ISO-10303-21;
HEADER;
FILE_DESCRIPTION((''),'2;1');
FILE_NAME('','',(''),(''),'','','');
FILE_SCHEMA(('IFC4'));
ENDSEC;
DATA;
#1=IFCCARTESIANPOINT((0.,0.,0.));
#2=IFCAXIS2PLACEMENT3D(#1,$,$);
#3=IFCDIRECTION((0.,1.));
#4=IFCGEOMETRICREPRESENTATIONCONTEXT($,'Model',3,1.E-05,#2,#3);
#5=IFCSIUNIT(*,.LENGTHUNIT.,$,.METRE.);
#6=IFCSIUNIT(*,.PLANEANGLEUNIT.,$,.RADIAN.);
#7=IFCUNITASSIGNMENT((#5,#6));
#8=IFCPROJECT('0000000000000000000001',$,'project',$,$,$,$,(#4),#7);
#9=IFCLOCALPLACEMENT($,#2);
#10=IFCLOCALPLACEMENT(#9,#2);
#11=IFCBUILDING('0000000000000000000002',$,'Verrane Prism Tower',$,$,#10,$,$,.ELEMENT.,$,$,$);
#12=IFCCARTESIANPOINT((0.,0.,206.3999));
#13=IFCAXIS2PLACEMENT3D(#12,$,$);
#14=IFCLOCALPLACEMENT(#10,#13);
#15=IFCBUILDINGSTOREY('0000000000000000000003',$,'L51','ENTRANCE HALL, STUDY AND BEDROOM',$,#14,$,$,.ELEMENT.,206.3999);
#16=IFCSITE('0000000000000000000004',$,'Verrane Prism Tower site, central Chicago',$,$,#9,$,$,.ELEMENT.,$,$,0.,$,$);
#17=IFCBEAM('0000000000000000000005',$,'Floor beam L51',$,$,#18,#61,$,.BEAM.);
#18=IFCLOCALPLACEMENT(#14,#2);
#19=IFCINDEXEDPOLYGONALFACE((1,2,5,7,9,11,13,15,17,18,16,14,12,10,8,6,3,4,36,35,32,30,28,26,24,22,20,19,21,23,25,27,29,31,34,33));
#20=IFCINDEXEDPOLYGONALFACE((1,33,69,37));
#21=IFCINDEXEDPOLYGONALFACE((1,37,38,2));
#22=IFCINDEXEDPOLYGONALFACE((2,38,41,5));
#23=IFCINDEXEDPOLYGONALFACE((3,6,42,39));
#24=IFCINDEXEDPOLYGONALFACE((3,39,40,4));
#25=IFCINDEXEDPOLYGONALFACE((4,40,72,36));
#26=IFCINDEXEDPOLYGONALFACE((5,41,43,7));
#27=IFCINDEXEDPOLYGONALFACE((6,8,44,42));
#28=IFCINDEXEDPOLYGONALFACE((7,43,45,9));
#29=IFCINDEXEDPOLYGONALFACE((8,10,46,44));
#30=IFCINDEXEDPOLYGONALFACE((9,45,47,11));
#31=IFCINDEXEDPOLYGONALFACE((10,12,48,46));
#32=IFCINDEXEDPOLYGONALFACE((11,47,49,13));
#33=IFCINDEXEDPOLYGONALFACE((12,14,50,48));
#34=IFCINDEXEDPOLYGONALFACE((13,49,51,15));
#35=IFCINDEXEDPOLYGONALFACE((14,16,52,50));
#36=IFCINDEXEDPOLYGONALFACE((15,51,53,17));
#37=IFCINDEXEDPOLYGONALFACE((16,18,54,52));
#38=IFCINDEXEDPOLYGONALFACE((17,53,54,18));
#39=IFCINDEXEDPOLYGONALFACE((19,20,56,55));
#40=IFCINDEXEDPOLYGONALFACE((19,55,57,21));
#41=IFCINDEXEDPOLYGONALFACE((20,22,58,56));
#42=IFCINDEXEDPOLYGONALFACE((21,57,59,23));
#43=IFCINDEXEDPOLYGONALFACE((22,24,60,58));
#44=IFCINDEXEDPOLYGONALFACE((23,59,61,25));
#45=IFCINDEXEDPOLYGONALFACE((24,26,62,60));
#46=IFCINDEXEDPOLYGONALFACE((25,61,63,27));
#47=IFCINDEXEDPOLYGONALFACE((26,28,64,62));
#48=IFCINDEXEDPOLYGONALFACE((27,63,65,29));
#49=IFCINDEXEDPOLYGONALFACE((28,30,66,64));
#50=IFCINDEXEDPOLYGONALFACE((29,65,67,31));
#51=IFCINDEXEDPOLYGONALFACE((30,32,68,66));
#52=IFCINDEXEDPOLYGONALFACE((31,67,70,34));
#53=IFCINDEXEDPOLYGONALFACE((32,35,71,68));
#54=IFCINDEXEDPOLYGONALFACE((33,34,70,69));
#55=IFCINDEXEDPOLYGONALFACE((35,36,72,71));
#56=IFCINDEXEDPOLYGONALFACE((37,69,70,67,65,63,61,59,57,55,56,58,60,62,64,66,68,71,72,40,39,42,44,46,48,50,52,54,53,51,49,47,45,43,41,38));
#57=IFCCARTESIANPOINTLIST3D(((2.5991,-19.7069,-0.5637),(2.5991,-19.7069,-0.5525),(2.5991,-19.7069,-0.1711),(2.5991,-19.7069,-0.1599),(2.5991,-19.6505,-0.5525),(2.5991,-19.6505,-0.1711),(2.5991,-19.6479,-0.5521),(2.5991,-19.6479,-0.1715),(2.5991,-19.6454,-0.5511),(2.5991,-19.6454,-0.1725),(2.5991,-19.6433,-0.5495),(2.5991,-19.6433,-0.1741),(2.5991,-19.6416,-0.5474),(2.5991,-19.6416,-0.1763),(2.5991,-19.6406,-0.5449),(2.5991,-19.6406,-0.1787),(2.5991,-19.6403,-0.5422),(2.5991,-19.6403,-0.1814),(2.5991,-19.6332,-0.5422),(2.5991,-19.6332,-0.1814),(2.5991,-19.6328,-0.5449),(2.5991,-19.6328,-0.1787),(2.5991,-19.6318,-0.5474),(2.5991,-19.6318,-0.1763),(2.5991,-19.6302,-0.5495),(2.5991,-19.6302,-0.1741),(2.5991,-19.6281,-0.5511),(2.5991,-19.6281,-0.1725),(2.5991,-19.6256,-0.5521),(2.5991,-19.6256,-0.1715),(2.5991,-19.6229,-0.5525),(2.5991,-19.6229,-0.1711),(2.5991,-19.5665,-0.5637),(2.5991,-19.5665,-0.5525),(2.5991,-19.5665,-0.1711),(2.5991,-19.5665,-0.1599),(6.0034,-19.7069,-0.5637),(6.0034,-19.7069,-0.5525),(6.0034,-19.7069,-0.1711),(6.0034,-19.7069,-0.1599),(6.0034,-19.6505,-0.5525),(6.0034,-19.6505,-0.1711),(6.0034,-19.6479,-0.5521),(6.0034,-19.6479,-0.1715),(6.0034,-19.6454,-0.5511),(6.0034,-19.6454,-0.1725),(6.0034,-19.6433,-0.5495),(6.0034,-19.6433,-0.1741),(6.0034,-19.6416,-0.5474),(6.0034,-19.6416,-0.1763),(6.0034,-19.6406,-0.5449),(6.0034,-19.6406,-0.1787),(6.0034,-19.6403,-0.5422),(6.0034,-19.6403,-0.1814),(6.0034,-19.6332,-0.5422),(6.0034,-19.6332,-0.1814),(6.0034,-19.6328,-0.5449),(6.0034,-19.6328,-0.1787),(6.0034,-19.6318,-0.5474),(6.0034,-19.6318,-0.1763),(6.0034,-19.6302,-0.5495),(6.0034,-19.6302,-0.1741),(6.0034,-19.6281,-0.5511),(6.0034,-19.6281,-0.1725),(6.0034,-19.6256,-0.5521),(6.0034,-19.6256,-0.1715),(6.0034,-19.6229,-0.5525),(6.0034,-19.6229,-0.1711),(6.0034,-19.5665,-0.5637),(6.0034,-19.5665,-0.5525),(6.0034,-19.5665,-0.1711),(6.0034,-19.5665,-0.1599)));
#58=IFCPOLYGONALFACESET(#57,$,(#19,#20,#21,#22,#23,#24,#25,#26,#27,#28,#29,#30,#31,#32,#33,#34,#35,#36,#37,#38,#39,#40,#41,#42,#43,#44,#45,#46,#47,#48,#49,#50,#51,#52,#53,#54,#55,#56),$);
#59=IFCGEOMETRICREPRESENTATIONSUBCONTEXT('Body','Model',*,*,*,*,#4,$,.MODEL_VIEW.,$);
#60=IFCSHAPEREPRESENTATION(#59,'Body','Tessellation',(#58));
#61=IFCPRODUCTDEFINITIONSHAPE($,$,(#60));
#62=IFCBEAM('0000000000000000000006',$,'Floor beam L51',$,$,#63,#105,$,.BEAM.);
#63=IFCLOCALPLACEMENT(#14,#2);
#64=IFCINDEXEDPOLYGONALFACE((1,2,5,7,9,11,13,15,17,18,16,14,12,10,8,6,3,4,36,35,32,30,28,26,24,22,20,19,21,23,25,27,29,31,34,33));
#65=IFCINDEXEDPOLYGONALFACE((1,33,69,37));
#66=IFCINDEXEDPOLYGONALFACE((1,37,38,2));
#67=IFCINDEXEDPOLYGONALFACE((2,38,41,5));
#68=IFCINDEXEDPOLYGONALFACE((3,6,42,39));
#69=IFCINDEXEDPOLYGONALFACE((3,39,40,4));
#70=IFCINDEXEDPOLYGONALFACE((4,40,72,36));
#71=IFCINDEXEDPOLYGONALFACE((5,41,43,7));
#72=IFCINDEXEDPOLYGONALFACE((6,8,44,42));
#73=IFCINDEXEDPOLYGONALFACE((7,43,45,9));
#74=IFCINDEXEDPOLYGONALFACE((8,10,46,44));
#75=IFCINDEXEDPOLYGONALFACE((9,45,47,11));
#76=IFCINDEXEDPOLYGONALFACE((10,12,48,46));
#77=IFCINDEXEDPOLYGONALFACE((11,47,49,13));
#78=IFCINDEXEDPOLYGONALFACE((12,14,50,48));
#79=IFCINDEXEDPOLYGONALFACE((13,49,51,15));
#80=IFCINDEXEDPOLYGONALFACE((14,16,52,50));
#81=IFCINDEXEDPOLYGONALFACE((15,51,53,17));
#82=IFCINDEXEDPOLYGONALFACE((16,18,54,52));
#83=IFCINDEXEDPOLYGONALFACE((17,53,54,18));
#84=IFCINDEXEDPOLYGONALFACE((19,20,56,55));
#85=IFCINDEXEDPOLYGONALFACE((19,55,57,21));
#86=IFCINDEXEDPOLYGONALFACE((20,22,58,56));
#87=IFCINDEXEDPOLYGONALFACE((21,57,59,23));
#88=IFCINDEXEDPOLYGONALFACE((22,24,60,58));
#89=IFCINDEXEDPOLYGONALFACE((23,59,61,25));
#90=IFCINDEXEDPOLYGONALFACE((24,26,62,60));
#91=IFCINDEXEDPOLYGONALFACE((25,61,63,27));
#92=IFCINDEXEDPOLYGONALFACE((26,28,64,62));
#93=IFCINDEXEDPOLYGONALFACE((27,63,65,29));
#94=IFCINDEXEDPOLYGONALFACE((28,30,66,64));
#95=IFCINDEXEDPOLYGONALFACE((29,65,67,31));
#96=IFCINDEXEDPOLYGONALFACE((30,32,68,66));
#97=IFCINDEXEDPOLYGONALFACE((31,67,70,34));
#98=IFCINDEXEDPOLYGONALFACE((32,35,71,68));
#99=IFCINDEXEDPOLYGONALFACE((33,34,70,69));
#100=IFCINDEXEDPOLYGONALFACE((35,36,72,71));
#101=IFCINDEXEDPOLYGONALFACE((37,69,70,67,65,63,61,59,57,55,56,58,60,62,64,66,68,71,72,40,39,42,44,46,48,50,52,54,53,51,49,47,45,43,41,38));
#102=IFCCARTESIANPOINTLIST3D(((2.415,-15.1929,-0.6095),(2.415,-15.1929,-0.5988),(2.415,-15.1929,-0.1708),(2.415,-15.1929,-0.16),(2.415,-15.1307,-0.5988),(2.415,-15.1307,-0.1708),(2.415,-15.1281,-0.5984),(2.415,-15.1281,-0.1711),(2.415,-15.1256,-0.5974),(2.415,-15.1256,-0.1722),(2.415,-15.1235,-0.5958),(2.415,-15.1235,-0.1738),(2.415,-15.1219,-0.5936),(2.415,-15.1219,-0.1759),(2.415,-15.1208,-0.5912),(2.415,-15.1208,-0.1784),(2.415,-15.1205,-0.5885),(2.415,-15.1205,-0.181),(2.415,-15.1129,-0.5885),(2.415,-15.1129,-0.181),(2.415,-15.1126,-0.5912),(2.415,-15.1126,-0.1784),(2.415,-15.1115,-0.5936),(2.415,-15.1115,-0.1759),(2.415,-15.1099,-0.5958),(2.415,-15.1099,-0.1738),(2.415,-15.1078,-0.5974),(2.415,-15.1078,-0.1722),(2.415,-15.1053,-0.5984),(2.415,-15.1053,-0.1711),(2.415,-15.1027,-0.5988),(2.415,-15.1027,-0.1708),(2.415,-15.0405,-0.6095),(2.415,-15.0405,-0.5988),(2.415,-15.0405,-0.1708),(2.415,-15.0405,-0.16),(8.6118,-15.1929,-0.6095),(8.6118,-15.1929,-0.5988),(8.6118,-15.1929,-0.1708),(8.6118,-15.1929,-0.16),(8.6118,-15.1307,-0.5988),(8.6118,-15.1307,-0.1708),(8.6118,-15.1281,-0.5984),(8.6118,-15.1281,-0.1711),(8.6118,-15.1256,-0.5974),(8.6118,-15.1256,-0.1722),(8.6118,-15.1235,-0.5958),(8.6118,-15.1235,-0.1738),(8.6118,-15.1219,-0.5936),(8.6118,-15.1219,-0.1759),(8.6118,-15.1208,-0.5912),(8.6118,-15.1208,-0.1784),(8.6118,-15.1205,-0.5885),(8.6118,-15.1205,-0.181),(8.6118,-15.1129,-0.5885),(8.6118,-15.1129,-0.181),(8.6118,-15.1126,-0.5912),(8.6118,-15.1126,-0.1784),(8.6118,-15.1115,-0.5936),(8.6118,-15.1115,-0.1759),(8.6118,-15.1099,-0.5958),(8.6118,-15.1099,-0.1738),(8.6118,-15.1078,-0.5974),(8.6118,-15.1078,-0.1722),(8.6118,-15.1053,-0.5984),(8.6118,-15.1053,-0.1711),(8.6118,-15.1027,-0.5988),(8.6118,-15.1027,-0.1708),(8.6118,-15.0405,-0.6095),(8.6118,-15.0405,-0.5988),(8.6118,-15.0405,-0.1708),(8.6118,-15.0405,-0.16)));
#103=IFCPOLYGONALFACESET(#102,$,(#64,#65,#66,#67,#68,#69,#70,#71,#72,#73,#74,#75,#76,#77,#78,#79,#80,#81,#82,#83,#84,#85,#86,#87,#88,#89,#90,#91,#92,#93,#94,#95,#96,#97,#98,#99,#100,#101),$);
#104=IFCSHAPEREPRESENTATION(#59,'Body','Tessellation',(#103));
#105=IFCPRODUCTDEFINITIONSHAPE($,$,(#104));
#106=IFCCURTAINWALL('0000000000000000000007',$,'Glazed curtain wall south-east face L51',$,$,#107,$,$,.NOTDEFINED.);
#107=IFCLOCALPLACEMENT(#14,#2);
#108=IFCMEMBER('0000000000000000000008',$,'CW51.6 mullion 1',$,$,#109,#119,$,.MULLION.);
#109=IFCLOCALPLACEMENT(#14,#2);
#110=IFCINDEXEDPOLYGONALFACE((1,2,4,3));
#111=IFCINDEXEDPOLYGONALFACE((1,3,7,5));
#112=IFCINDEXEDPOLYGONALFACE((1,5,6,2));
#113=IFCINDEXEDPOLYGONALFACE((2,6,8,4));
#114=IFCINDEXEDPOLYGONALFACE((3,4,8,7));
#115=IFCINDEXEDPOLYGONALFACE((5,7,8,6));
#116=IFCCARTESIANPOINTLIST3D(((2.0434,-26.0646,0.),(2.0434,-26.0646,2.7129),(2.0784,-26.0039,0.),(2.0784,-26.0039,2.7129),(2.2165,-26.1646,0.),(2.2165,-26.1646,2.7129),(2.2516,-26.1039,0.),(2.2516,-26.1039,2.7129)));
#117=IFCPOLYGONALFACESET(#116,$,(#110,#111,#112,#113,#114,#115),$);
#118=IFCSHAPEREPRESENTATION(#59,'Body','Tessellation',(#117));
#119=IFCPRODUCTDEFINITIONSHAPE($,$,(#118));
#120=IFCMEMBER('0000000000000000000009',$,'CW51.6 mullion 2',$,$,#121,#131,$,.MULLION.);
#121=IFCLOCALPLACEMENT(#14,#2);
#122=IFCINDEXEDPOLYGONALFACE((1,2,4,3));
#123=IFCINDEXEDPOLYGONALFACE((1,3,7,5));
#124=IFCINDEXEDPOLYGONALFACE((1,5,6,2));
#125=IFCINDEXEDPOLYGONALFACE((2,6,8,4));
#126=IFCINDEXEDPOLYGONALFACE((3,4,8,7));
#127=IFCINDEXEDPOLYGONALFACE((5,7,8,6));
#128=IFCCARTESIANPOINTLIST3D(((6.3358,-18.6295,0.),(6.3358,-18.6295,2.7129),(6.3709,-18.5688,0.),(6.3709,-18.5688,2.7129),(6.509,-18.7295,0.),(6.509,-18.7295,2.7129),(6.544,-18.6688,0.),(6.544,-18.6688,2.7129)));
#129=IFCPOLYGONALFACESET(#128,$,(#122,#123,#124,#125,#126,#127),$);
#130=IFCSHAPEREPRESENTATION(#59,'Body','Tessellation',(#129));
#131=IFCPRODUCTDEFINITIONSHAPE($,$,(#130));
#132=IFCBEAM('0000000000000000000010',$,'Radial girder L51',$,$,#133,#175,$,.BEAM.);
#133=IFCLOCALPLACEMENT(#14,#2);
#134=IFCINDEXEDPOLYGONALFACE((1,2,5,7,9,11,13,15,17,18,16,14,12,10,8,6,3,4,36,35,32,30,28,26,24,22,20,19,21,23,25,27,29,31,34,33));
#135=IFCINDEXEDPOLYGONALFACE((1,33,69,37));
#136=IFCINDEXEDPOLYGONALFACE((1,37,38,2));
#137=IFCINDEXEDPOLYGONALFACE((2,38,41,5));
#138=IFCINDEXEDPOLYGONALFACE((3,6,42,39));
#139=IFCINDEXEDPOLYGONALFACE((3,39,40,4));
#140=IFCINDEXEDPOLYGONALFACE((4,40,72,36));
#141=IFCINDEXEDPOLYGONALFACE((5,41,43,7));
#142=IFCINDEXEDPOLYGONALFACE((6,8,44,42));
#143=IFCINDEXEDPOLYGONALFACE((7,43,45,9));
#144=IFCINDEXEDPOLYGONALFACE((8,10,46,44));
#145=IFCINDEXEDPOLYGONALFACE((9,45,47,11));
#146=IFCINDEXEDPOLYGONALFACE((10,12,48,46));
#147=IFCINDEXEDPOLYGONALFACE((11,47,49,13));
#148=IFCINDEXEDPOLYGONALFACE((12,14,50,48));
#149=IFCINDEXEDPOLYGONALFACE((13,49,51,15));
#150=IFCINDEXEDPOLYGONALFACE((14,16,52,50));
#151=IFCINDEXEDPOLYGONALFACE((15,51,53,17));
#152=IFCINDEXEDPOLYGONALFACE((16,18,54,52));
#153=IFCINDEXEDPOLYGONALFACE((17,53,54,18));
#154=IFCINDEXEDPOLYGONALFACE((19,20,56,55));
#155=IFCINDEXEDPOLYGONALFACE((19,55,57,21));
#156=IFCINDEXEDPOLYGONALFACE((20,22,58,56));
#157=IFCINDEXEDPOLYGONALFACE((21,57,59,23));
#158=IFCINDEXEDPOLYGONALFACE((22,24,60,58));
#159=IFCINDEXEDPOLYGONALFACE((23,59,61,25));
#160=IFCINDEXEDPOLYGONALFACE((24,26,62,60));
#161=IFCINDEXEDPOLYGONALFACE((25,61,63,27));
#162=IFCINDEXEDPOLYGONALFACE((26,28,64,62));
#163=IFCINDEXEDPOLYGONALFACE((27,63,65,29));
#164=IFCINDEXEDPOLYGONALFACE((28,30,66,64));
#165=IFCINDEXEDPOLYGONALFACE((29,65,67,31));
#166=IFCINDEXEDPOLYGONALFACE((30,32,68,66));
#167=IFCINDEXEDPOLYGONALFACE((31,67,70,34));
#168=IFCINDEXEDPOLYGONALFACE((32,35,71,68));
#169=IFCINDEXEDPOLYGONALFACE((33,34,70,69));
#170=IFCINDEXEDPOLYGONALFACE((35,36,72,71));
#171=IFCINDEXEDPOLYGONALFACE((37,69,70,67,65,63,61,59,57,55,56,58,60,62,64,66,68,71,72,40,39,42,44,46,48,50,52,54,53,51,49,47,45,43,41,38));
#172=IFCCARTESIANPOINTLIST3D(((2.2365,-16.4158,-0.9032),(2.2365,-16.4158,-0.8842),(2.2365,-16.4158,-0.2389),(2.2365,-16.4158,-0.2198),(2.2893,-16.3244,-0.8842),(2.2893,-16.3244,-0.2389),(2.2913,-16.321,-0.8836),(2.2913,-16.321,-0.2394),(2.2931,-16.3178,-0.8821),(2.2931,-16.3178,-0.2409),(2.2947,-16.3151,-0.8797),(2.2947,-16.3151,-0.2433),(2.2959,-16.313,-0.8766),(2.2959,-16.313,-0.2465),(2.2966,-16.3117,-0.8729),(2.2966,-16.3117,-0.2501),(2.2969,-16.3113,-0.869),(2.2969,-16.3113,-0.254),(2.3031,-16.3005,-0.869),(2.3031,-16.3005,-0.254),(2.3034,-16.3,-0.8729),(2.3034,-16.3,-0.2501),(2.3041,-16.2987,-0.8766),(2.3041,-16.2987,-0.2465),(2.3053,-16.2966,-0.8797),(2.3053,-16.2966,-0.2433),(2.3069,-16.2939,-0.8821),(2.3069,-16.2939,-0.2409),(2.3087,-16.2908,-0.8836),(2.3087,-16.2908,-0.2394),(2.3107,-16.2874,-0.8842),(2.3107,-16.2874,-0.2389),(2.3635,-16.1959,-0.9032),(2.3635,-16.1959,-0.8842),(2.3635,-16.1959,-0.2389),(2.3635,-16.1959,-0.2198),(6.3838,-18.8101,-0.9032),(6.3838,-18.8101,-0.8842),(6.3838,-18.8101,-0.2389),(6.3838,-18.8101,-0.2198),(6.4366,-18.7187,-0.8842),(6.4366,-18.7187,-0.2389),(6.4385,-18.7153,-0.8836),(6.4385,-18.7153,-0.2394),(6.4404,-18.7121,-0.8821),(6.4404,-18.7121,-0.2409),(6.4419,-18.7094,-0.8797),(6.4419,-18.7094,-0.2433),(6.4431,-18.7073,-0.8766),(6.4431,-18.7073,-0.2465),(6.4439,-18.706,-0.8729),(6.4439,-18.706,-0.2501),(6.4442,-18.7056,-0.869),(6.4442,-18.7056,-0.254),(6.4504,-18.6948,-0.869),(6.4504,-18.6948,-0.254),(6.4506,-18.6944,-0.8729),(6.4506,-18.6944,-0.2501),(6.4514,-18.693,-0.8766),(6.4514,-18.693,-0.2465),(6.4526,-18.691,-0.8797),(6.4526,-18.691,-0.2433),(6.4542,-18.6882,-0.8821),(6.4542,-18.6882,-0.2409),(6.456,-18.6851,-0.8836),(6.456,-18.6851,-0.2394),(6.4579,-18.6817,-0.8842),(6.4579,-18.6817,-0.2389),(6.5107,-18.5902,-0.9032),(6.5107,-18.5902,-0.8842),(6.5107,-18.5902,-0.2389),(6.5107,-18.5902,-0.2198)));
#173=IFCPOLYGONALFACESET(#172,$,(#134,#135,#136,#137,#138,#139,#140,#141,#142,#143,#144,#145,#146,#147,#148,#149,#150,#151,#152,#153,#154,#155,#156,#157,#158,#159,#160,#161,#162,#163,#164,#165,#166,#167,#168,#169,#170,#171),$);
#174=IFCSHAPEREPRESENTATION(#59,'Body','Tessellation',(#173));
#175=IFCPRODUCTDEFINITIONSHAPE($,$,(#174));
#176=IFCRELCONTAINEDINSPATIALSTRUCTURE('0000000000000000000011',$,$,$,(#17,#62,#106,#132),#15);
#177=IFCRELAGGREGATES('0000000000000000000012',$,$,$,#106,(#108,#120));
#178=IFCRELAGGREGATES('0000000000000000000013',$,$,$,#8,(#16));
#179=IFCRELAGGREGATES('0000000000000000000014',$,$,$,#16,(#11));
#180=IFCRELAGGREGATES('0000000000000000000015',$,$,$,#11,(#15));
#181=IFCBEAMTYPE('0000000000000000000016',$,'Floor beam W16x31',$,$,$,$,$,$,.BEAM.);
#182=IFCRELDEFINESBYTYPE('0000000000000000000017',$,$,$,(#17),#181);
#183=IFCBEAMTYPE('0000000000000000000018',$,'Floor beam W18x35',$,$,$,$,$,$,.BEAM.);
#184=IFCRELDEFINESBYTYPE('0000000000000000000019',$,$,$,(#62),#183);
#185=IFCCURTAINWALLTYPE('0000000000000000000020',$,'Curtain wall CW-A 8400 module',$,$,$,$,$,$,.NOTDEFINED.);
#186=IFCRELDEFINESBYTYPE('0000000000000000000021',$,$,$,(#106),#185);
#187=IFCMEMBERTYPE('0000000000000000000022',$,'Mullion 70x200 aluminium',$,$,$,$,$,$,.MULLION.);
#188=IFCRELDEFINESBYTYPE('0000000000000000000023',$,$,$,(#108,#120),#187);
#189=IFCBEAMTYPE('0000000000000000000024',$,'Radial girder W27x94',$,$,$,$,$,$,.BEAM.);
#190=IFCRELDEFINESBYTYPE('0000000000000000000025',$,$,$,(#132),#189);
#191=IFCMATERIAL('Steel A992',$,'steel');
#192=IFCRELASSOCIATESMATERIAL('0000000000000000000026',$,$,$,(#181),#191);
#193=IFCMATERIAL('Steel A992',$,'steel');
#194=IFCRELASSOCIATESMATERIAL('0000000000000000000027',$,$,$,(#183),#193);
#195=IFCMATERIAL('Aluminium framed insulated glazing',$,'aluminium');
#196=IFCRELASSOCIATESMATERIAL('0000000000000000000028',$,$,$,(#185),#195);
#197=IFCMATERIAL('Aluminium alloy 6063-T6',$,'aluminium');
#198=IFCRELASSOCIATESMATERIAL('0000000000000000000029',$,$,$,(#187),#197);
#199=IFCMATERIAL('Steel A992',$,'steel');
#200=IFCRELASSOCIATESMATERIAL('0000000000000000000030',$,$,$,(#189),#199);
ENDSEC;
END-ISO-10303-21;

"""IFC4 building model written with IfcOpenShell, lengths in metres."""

from ifc_helpers import new_model, si_unit, direction, frame, origin, origin_2d, place, context, subcontext, project, spatial, rectangle, i_section, extrude, material, material_profile, profile_set, type_object, element, aggregate, save


model = new_model("IFC4")

# Units and contexts
model_context = context("Model", 3, precision=1e-05, world=origin(), true_north=direction((0.0, 1.0)))
body_context = subcontext(model_context, "Body", "Model", "MODEL_VIEW")
ifc_project = project(units=[si_unit("LENGTHUNIT", "METRE"), si_unit("PLANEANGLEUNIT", "RADIAN")], contexts=[model_context])

# Site, building, storey
site_placement = place(None, origin())
site = spatial("IfcSite", under=ifc_project, at=site_placement, Name="Verrane Prism Tower site, central Chicago", CompositionType="ELEMENT", RefElevation=0.0)
building_placement = place(site_placement, origin())
building = spatial("IfcBuilding", under=site, at=building_placement, Name="Verrane Prism Tower", CompositionType="ELEMENT")
storey_placement = place(building_placement, frame((0.0, 0.0, 206.3999)))
storey = spatial("IfcBuildingStorey", under=building, at=storey_placement, Name="L51", Description="ENTRANCE HALL, STUDY AND BEDROOM", CompositionType="ELEMENT", Elevation=206.3999)

# Beams
ifc_material_1 = material(Name="Steel A992", Category="steel")
ifc_material_profile_1 = material_profile(ifc_material_1, i_section(OverallWidth=0.1404, OverallDepth=0.4038, WebThickness=0.0071, FlangeThickness=0.0112, FilletRadius=0.0103, at=origin_2d()), Name="W16x31")
ifc_profile_set_1 = profile_set([ifc_material_profile_1], Name="Steel A992")
beam_type_1 = type_object("IfcBeamType", Name="Floor beam W16x31", PredefinedType="BEAM", material=ifc_profile_set_1)
beam_1_placement = place(storey_placement, frame((2.5991, -19.6367, -0.3618), z_axis=(1.0, 0.0, 0.0), x_axis=(0.0, 1.0, 0.0)))
element("IfcBeam", 1, at=beam_1_placement, inside=storey, type_object=beam_type_1, Name="Floor beam L51", PredefinedType="BEAM", context=body_context, shape_type="SweptSolid", body=[
    extrude(i_section(OverallWidth=0.1404, OverallDepth=0.4038, WebThickness=0.0071, FlangeThickness=0.0112, FilletRadius=0.0103, at=origin_2d()), origin(), (0.0, 0.0, 1.0), 3.4043),
])
ifc_material_2 = material(Name="Steel A992", Category="steel")
ifc_material_profile_2 = material_profile(ifc_material_2, i_section(OverallWidth=0.1523, OverallDepth=0.4495, WebThickness=0.0076, FlangeThickness=0.0107, FilletRadius=0.0103, at=origin_2d()), Name="W18x35")
ifc_profile_set_2 = profile_set([ifc_material_profile_2], Name="Steel A992")
beam_type_2 = type_object("IfcBeamType", Name="Floor beam W18x35", PredefinedType="BEAM", material=ifc_profile_set_2)
beam_2_placement = place(storey_placement, frame((2.415, -15.1167, -0.3848), z_axis=(1.0, 0.0, 0.0), x_axis=(0.0, 1.0, 0.0)))
element("IfcBeam", 2, at=beam_2_placement, inside=storey, type_object=beam_type_2, Name="Floor beam L51", PredefinedType="BEAM", context=body_context, shape_type="SweptSolid", body=[
    extrude(i_section(OverallWidth=0.1523, OverallDepth=0.4495, WebThickness=0.0076, FlangeThickness=0.0107, FilletRadius=0.0103, at=origin_2d()), origin(), (0.0, 0.0, 1.0), 6.1968),
])

# Curtain wall, members
ifc_material_3 = material(Name="Aluminium framed insulated glazing", Category="aluminium")
curtain_wall_type = type_object("IfcCurtainWallType", Name="Curtain wall CW-A 8400 module", PredefinedType="NOTDEFINED", material=ifc_material_3)
curtain_wall_1_placement = place(storey_placement, origin())
curtain_wall_1 = element("IfcCurtainWall", 3, at=curtain_wall_1_placement, inside=storey, type_object=curtain_wall_type, Name="Glazed curtain wall south-east face L51", PredefinedType="NOTDEFINED")
ifc_material_4 = material(Name="Aluminium alloy 6063-T6", Category="aluminium")
ifc_material_profile_3 = material_profile(ifc_material_4, rectangle(XDim=0.2, YDim=0.0701, at=origin_2d()), Name="Mullion 70x200 aluminium")
ifc_profile_set_3 = profile_set([ifc_material_profile_3], Name="Aluminium alloy 6063-T6")
member_type_1 = type_object("IfcMemberType", Name="Mullion 70x200 aluminium", PredefinedType="MULLION", material=ifc_profile_set_3)
member_1_placement = place(storey_placement, frame((2.1475, -26.0842, 0.0), z_axis=(0.0, 0.0, 1.0), x_axis=(-0.866026, 0.499999, 0.0)))
member_1 = element("IfcMember", 4, at=member_1_placement, type_object=member_type_1, Name="CW51.6 mullion 1", PredefinedType="MULLION", context=body_context, shape_type="SweptSolid", body=[
    extrude(rectangle(XDim=0.2, YDim=0.0701, at=origin_2d()), origin(), (0.0, 0.0, 1.0), 2.7129),
])
member_2_placement = place(storey_placement, frame((6.4399, -18.6492, 0.0), z_axis=(0.0, 0.0, 1.0), x_axis=(-0.866026, 0.499999, 0.0)))
member_2 = element("IfcMember", 5, at=member_2_placement, type_object=member_type_1, Name="CW51.6 mullion 2", PredefinedType="MULLION", context=body_context, shape_type="SweptSolid", body=[
    extrude(rectangle(XDim=0.2, YDim=0.0701, at=origin_2d()), origin(), (0.0, 0.0, 1.0), 2.7129),
])

# Beam
ifc_material_5 = material(Name="Steel A992", Category="steel")
ifc_material_profile_4 = material_profile(ifc_material_5, i_section(OverallWidth=0.2539, OverallDepth=0.6833, WebThickness=0.0125, FlangeThickness=0.019, FilletRadius=0.0151, at=origin_2d()), Name="W27x94")
ifc_profile_set_4 = profile_set([ifc_material_profile_4], Name="Steel A992")
beam_type_3 = type_object("IfcBeamType", Name="Radial girder W27x94", PredefinedType="BEAM", material=ifc_profile_set_4)
beam_3_placement = place(storey_placement, frame((6.4473, -18.7002, -0.5615), z_axis=(-0.866035, 0.499983, 0.0), x_axis=(-0.499983, -0.866035, 0.0)))
element("IfcBeam", 6, at=beam_3_placement, inside=storey, type_object=beam_type_3, Name="Radial girder L51", PredefinedType="BEAM", context=body_context, shape_type="SweptSolid", body=[
    extrude(i_section(OverallWidth=0.2539, OverallDepth=0.6833, WebThickness=0.0125, FlangeThickness=0.019, FilletRadius=0.0151, at=origin_2d()), origin(), (0.0, 0.0, 1.0), 4.7888),
])

aggregate(curtain_wall_1, [member_1, member_2])

save(model, "model.ifc")
